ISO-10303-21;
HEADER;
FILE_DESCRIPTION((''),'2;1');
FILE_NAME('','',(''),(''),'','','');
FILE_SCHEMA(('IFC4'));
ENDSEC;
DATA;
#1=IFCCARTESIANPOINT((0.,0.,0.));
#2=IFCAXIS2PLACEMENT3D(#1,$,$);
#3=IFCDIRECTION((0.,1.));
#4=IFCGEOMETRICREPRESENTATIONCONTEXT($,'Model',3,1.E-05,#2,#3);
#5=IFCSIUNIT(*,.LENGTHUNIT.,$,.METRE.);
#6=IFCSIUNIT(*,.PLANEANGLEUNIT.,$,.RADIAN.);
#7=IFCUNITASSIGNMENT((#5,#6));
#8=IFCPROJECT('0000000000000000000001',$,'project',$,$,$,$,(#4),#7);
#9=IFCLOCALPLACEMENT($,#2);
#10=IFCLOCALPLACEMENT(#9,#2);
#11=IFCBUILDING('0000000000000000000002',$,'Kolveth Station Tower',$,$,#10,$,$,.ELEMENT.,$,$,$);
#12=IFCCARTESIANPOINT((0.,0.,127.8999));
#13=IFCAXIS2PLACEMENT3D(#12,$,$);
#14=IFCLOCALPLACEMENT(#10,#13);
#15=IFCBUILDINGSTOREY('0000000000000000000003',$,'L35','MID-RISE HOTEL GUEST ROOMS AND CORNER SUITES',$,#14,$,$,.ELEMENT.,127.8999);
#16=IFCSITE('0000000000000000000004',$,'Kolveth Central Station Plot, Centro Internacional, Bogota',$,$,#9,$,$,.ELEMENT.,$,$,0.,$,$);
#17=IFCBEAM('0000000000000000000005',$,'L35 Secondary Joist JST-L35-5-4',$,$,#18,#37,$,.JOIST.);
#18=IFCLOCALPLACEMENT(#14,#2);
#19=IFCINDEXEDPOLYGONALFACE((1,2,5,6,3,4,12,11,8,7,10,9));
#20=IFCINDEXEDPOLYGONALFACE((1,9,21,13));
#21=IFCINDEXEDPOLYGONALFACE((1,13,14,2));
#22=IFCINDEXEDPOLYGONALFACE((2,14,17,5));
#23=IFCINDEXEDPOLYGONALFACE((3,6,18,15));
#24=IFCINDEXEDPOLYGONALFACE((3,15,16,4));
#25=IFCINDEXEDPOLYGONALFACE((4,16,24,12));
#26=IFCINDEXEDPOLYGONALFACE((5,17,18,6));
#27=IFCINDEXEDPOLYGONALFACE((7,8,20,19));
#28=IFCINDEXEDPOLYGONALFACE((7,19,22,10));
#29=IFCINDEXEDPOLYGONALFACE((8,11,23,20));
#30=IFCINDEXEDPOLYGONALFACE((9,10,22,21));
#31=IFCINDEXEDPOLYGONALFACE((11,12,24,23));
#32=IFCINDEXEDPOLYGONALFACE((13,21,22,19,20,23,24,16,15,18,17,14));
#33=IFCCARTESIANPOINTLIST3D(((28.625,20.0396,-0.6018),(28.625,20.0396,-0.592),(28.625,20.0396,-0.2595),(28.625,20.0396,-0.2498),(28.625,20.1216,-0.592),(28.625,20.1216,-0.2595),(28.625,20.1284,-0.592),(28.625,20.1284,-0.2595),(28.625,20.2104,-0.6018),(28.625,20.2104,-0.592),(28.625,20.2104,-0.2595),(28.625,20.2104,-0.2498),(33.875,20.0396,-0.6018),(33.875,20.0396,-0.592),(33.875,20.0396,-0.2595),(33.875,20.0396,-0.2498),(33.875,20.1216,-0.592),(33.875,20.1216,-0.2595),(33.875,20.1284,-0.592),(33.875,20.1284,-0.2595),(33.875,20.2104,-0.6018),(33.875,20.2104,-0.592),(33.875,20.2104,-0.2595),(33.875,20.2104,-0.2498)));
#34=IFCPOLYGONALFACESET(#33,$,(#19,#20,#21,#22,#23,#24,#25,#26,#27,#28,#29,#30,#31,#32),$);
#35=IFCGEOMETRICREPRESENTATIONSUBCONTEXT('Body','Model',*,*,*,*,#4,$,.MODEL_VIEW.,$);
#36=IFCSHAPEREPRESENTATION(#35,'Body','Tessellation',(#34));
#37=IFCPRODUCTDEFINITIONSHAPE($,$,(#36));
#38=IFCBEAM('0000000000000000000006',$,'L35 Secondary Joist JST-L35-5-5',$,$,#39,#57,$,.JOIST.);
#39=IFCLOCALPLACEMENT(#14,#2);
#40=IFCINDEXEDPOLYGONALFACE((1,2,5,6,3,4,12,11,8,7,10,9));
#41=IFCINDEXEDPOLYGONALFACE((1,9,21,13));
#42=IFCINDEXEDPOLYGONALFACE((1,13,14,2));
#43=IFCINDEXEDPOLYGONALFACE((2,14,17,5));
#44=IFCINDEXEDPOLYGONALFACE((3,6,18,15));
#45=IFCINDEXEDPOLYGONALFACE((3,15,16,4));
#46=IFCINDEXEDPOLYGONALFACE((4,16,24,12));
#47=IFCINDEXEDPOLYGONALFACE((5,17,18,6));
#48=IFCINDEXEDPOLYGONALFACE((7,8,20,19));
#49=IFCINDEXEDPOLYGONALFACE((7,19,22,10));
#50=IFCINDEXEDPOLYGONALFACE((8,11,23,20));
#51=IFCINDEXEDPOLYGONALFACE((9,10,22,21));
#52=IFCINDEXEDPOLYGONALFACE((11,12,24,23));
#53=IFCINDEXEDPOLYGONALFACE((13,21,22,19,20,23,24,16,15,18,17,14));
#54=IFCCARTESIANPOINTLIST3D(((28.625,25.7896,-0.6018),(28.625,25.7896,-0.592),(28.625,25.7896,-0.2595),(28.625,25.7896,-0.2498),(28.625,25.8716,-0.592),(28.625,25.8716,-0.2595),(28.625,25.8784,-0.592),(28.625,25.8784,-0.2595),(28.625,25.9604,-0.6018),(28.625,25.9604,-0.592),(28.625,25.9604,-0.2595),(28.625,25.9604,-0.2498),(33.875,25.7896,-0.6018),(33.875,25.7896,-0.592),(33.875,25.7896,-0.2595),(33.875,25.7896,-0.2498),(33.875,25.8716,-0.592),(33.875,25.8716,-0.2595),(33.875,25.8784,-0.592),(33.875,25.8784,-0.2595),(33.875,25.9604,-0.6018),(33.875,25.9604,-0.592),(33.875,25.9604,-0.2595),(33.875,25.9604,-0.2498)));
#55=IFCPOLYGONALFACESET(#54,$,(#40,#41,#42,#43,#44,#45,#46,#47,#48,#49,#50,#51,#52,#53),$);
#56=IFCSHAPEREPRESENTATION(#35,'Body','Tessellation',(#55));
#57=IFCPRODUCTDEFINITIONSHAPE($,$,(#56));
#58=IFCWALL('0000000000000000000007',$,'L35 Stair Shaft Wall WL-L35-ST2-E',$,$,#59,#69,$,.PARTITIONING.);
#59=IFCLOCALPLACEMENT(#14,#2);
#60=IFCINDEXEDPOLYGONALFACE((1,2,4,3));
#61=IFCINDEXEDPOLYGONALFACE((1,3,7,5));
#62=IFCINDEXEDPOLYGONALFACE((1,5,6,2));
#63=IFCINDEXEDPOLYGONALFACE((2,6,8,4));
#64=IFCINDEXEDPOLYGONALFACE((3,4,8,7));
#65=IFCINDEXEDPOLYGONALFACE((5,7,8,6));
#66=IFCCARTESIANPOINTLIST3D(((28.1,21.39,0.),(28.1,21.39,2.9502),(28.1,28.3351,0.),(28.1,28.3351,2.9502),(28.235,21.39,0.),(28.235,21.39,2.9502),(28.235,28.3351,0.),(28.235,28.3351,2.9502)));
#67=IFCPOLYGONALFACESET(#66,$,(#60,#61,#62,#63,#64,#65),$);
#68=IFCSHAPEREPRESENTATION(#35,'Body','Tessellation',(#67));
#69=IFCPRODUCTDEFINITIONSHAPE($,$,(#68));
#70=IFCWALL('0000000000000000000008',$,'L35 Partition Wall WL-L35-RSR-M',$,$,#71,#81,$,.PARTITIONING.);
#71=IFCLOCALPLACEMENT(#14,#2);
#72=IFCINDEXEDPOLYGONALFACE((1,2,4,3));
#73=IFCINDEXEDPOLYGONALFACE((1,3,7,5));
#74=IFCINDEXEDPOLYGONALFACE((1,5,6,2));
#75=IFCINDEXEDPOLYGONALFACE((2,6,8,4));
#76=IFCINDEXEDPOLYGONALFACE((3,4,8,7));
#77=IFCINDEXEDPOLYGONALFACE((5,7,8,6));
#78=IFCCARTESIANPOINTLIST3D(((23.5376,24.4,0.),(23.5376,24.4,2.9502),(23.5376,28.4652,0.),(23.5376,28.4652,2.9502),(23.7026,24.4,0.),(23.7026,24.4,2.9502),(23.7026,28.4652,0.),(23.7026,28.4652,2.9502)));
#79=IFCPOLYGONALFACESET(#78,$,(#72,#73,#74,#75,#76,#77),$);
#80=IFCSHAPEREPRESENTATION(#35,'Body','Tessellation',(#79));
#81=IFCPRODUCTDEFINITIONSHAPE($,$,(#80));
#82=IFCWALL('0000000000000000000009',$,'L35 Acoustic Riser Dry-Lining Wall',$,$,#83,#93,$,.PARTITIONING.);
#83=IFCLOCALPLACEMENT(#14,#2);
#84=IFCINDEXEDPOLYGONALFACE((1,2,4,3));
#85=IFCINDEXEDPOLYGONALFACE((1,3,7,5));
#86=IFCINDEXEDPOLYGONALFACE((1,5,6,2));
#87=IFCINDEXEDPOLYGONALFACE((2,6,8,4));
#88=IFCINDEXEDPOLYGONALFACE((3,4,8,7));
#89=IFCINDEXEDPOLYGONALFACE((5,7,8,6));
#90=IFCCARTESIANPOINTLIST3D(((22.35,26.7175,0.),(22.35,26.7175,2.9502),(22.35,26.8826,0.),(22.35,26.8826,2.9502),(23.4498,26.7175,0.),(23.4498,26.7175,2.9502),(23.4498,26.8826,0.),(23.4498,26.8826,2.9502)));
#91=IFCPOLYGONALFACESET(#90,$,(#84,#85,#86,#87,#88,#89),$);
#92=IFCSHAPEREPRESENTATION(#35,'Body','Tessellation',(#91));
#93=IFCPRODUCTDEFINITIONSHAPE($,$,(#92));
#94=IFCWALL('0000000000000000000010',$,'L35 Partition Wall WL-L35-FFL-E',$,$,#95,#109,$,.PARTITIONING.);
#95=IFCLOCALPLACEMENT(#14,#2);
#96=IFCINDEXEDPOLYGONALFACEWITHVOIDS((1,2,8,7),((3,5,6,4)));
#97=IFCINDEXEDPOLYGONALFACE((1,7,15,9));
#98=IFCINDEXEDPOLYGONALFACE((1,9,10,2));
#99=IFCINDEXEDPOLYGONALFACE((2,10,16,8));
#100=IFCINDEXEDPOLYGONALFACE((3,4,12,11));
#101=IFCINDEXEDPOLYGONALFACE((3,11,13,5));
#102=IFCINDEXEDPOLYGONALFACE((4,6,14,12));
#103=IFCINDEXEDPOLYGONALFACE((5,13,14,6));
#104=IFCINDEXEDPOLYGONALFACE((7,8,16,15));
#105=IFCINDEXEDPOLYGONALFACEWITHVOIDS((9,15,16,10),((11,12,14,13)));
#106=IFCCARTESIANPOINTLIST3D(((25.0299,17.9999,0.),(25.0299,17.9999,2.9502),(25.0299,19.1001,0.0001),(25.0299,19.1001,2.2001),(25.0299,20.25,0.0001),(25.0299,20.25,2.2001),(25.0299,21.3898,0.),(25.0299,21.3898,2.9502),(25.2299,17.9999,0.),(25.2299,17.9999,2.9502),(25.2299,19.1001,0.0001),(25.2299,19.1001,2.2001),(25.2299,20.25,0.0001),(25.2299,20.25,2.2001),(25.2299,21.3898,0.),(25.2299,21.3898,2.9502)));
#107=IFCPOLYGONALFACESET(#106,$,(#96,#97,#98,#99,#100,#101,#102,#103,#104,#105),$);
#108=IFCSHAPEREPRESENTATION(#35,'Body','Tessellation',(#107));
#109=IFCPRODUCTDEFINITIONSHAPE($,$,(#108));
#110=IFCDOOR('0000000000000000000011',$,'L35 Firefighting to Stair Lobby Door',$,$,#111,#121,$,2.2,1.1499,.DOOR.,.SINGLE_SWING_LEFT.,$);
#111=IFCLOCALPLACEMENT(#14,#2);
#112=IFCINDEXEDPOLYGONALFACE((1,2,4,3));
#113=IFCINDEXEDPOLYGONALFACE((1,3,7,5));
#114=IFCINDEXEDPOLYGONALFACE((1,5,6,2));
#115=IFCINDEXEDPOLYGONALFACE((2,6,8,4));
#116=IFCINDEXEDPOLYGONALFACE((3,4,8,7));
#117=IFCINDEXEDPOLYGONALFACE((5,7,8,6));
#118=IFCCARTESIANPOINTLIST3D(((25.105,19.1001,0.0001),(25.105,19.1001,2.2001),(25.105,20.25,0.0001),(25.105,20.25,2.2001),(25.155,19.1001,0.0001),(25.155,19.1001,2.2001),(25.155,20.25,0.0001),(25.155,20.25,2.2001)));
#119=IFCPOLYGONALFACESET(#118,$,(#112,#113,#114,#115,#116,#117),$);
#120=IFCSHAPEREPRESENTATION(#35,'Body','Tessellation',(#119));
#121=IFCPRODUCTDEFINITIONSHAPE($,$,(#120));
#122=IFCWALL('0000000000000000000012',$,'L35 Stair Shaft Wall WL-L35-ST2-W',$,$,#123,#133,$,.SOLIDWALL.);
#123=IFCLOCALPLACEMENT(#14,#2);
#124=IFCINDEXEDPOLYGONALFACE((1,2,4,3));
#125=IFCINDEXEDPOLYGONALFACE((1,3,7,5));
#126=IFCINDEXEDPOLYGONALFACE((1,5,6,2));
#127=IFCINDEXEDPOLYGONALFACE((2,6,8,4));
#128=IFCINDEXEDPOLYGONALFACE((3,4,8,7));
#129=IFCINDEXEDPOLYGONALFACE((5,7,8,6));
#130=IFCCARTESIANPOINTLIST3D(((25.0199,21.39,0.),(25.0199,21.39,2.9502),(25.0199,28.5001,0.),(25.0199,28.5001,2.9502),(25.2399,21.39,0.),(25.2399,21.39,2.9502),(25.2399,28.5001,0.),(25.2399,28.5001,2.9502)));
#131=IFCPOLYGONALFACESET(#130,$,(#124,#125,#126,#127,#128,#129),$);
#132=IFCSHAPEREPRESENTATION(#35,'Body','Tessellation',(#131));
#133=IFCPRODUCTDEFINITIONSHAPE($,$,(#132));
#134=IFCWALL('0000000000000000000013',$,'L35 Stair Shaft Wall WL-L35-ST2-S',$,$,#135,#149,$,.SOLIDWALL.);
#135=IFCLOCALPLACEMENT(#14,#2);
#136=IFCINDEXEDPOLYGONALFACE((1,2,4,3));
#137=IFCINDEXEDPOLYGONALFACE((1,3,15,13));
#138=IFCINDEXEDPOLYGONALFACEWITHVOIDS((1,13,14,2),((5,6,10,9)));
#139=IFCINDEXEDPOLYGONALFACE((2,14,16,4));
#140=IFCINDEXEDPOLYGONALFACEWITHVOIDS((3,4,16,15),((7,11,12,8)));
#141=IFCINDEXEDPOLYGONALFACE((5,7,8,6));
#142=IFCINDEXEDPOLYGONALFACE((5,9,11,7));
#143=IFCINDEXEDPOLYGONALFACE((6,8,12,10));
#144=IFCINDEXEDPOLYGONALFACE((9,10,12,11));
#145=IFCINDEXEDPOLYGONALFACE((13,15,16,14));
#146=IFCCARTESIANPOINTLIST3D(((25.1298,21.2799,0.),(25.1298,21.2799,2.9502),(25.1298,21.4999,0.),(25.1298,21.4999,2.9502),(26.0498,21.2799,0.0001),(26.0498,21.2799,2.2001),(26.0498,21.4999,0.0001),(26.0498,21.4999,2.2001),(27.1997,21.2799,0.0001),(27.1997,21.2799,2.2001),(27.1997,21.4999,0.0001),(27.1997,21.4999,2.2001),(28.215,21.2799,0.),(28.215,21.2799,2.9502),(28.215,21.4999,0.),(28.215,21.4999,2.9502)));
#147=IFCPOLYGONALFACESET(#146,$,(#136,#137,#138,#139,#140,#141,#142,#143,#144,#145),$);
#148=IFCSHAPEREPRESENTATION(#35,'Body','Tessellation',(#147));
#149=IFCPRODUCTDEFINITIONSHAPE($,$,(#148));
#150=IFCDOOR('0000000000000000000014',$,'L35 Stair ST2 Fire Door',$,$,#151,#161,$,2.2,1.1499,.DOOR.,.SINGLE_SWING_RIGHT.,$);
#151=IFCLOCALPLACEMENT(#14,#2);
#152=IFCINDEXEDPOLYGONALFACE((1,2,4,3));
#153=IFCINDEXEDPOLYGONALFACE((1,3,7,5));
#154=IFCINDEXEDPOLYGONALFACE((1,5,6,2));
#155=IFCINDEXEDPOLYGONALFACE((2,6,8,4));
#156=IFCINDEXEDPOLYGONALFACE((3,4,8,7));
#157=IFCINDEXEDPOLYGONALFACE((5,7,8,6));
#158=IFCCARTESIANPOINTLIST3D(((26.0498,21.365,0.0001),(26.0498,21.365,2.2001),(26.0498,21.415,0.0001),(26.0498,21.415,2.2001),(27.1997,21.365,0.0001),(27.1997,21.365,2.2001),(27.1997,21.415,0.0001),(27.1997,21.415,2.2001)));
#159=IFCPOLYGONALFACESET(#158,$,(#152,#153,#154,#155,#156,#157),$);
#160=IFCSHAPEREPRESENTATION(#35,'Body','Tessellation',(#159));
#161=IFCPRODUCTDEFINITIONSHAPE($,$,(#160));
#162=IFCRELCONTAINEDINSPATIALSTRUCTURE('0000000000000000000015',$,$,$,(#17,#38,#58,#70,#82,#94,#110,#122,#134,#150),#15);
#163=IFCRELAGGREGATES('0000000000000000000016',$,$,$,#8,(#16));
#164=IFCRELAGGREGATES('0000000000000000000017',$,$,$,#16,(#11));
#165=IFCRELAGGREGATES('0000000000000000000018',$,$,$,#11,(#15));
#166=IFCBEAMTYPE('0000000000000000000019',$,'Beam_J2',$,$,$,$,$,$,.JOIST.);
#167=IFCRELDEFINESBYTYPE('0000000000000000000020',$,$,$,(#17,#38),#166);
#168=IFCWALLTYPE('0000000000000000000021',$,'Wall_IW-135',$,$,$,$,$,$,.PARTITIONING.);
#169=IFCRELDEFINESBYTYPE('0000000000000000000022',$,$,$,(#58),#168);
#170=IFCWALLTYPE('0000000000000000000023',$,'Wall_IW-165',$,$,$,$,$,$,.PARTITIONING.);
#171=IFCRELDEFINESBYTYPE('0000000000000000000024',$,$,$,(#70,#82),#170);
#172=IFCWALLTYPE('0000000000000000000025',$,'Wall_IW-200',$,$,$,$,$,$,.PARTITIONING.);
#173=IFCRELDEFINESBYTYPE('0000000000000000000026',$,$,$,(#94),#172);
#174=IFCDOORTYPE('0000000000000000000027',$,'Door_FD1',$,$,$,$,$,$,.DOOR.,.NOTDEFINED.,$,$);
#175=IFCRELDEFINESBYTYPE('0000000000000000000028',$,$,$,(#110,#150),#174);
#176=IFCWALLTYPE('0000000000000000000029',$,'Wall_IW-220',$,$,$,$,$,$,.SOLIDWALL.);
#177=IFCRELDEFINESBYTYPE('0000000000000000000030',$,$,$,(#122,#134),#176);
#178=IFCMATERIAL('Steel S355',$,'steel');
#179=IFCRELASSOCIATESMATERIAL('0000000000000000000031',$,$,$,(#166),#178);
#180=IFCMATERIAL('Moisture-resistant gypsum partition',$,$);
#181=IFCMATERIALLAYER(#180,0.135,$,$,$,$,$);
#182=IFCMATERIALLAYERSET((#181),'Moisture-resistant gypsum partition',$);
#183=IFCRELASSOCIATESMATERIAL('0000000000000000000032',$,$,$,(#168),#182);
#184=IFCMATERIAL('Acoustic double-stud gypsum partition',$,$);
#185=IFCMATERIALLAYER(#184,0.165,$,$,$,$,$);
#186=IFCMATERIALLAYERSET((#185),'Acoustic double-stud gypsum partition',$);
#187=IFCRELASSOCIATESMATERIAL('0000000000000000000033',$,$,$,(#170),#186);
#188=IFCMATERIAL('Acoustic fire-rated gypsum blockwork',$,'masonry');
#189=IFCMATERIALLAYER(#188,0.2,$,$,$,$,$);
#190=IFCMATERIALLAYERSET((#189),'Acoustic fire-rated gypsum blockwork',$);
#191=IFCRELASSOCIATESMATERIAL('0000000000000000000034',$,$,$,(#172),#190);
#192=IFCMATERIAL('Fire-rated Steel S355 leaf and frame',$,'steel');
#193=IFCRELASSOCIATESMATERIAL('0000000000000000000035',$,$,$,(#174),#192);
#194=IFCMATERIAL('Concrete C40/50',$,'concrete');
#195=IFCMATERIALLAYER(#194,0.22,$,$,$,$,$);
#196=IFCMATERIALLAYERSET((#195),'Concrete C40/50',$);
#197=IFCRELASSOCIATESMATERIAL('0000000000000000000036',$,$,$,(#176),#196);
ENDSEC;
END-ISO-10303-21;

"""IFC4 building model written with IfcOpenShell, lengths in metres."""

from ifc_helpers import new_model, si_unit, direction, frame, frame_2d, origin, origin_2d, place, context, subcontext, project, spatial, rectangle, i_section, extrude, source, transform, mapped, material, layer, layer_set, material_profile, profile_set, type_object, element, fill, save


model = new_model("IFC4")

# Units and contexts
model_context = context("Model", 3, precision=1e-05, world=origin(), true_north=direction((0.0, 1.0)))
body_context = subcontext(model_context, "Body", "Model", "MODEL_VIEW")
ifc_project = project(units=[si_unit("LENGTHUNIT", "METRE"), si_unit("PLANEANGLEUNIT", "RADIAN")], contexts=[model_context])

# Site, building, storey
site_placement = place(None, origin())
site = spatial("IfcSite", under=ifc_project, at=site_placement, Name="Kolveth Central Station Plot, Centro Internacional, Bogota", CompositionType="ELEMENT", RefElevation=0.0)
building_placement = place(site_placement, origin())
building = spatial("IfcBuilding", under=site, at=building_placement, Name="Kolveth Station Tower", CompositionType="ELEMENT")
storey_placement = place(building_placement, frame((0.0, 0.0, 127.8999)))
storey = spatial("IfcBuildingStorey", under=building, at=storey_placement, Name="L35", Description="MID-RISE HOTEL GUEST ROOMS AND CORNER SUITES", CompositionType="ELEMENT", Elevation=127.8999)

# Shared definitions
ifc_material_1 = material(Name="Steel S355", Category="steel")

# Beams
ifc_material_profile_1 = material_profile(ifc_material_1, i_section(OverallWidth=0.1709, OverallDepth=0.3521, WebThickness=0.0068, FlangeThickness=0.0098, at=origin_2d()), Name="W360x44")
ifc_profile_set_1 = profile_set([ifc_material_profile_1], Name="Steel S355")
beam_type_1 = type_object("IfcBeamType", Name="Beam_J2", PredefinedType="JOIST", material=ifc_profile_set_1)
shared_shape_1 = source(origin(), body_context, "Body", "SweptSolid", [
    extrude(i_section(OverallWidth=0.1709, OverallDepth=0.3521, WebThickness=0.0068, FlangeThickness=0.0098, at=origin_2d()), origin(), (0.0, 0.0, 1.0), 5.25),
])
for number, where, z_axis, x_axis, name in (
    (1, (28.625, 20.125, -0.4258), (1.0, 0.0, 0.0), (0.0, 1.0, 0.0), "L35 Secondary Joist JST-L35-5-4"),
    (2, (28.625, 25.875, -0.4258), (1.0, 0.0, 0.0), (0.0, 1.0, 0.0), "L35 Secondary Joist JST-L35-5-5"),
):
    element("IfcBeam", number, at=place(storey_placement, frame(where, z_axis=z_axis, x_axis=x_axis)), inside=storey, type_object=beam_type_1, Name=name, PredefinedType="JOIST", context=body_context, shape_type="MappedRepresentation", body=[
        mapped(shared_shape_1, transform((0.0, 0.0, 0.0), x_axis=(1.0, 0.0, 0.0), y_axis=(0.0, 1.0, 0.0), z_axis=(0.0, 0.0, 1.0), scale=1.0)),
    ])

# Walls
ifc_material_2 = material(Name="Moisture-resistant gypsum partition")
ifc_layer_1 = layer(ifc_material_2, 0.135)
ifc_layer_set_1 = layer_set([ifc_layer_1], Name="Moisture-resistant gypsum partition")
wall_type_1 = type_object("IfcWallType", Name="Wall_IW-135", PredefinedType="PARTITIONING", material=ifc_layer_set_1)
wall_1_placement = place(storey_placement, frame((28.1675, 21.3899, 0.0), z_axis=(0.0, 0.0, 1.0), x_axis=(0.0, 1.0, 0.0)))
element("IfcWall", 3, at=wall_1_placement, inside=storey, type_object=wall_type_1, Name="L35 Stair Shaft Wall WL-L35-ST2-E", PredefinedType="PARTITIONING", context=body_context, shape_type="SweptSolid", body=[
    extrude(rectangle(XDim=6.9451, YDim=0.135, at=frame_2d((3.4727, 0.0))), origin(), (0.0, 0.0, 1.0), 2.9502),
])
ifc_material_3 = material(Name="Acoustic double-stud gypsum partition")
ifc_layer_2 = layer(ifc_material_3, 0.165)
ifc_layer_set_2 = layer_set([ifc_layer_2], Name="Acoustic double-stud gypsum partition")
wall_type_2 = type_object("IfcWallType", Name="Wall_IW-165", PredefinedType="PARTITIONING", material=ifc_layer_set_2)
wall_2_placement = place(storey_placement, frame((23.6201, 24.3999, 0.0), z_axis=(0.0, 0.0, 1.0), x_axis=(0.0, 1.0, 0.0)))
element("IfcWall", 4, at=wall_2_placement, inside=storey, type_object=wall_type_2, Name="L35 Partition Wall WL-L35-RSR-M", PredefinedType="PARTITIONING", context=body_context, shape_type="SweptSolid", body=[
    extrude(rectangle(XDim=4.0652, YDim=0.165, at=frame_2d((2.0327, 0.0))), origin(), (0.0, 0.0, 1.0), 2.9502),
])
wall_3_placement = place(storey_placement, frame((22.3501, 26.8, 0.0), z_axis=(0.0, 0.0, 1.0), x_axis=(1.0, 0.0, 0.0)))
element("IfcWall", 5, at=wall_3_placement, inside=storey, type_object=wall_type_2, Name="L35 Acoustic Riser Dry-Lining Wall", PredefinedType="PARTITIONING", context=body_context, shape_type="SweptSolid", body=[
    extrude(rectangle(XDim=1.0999, YDim=0.165, at=frame_2d((0.5498, 0.0))), origin(), (0.0, 0.0, 1.0), 2.9502),
])

# Wall, opening, door
ifc_material_4 = material(Name="Acoustic fire-rated gypsum blockwork", Category="masonry")
ifc_layer_3 = layer(ifc_material_4, 0.2)
ifc_layer_set_3 = layer_set([ifc_layer_3], Name="Acoustic fire-rated gypsum blockwork")
wall_type_3 = type_object("IfcWallType", Name="Wall_IW-200", PredefinedType="PARTITIONING", material=ifc_layer_set_3)
wall_4_placement = place(storey_placement, frame((25.1299, 18.0, 0.0), z_axis=(0.0, 0.0, 1.0), x_axis=(0.0, 1.0, 0.0)))
wall_4 = element("IfcWall", 6, at=wall_4_placement, inside=storey, type_object=wall_type_3, Name="L35 Partition Wall WL-L35-FFL-E", PredefinedType="PARTITIONING", context=body_context, shape_type="SweptSolid", body=[
    extrude(rectangle(XDim=3.3899, YDim=0.2, at=frame_2d((1.6948, 0.0))), origin(), (0.0, 0.0, 1.0), 2.9502),
])
opening_1_placement = place(wall_4_placement, frame((1.1001, 0.0, 0.0)))
opening_1 = element("IfcOpeningElement", 7, at=opening_1_placement, cuts=wall_4, PredefinedType="OPENING", context=body_context, shape_type="SweptSolid", body=[
    extrude(rectangle(XDim=1.1499, YDim=2.2, at=frame_2d((0.575, 1.1001))), frame((0.0, 0.1099, 0.0), z_axis=(0.0, -1.0, 0.0), x_axis=(1.0, 0.0, 0.0)), (0.0, 0.0, 1.0), 0.22),
])
ifc_material_5 = material(Name="Fire-rated Steel S355 leaf and frame", Category="steel")
door_type = type_object("IfcDoorType", Name="Door_FD1", OperationType="NOTDEFINED", PredefinedType="DOOR", material=ifc_material_5)
door_1_placement = place(opening_1_placement, origin())
door_1 = element("IfcDoor", 8, at=door_1_placement, inside=storey, type_object=door_type, Name="L35 Firefighting to Stair Lobby Door", OperationType="SINGLE_SWING_LEFT", OverallHeight=2.2, OverallWidth=1.1499, PredefinedType="DOOR", context=body_context, shape_type="SweptSolid", body=[
    extrude(rectangle(XDim=1.1499, YDim=2.2, at=frame_2d((0.575, 1.1001))), frame((0.0, 0.0249, 0.0), z_axis=(0.0, -1.0, 0.0), x_axis=(1.0, 0.0, 0.0)), (0.0, 0.0, 1.0), 0.05),
])
fill(opening_1, door_1)

# Wall
ifc_material_6 = material(Name="Concrete C40/50", Category="concrete")
ifc_layer_4 = layer(ifc_material_6, 0.22)
ifc_layer_set_4 = layer_set([ifc_layer_4], Name="Concrete C40/50")
wall_type_4 = type_object("IfcWallType", Name="Wall_IW-220", PredefinedType="SOLIDWALL", material=ifc_layer_set_4)
wall_5_placement = place(storey_placement, frame((25.1299, 21.3899, 0.0), z_axis=(0.0, 0.0, 1.0), x_axis=(0.0, 1.0, 0.0)))
element("IfcWall", 9, at=wall_5_placement, inside=storey, type_object=wall_type_4, Name="L35 Stair Shaft Wall WL-L35-ST2-W", PredefinedType="SOLIDWALL", context=body_context, shape_type="SweptSolid", body=[
    extrude(rectangle(XDim=7.1101, YDim=0.22, at=frame_2d((3.5552, 0.0))), origin(), (0.0, 0.0, 1.0), 2.9502),
])

# Wall, opening, door
wall_6_placement = place(storey_placement, frame((25.1299, 21.3899, 0.0), z_axis=(0.0, 0.0, 1.0), x_axis=(1.0, 0.0, 0.0)))
wall_6 = element("IfcWall", 10, at=wall_6_placement, inside=storey, type_object=wall_type_4, Name="L35 Stair Shaft Wall WL-L35-ST2-S", PredefinedType="SOLIDWALL", context=body_context, shape_type="SweptSolid", body=[
    extrude(rectangle(XDim=3.0852, YDim=0.22, at=frame_2d((1.5425, 0.0))), origin(), (0.0, 0.0, 1.0), 2.9502),
])
opening_2_placement = place(wall_6_placement, frame((0.9199, 0.0, 0.0)))
opening_2 = element("IfcOpeningElement", 11, at=opening_2_placement, cuts=wall_6, PredefinedType="OPENING", context=body_context, shape_type="SweptSolid", body=[
    extrude(rectangle(XDim=1.1499, YDim=2.2, at=frame_2d((0.575, 1.1001))), frame((0.0, 0.1199, 0.0), z_axis=(0.0, -1.0, 0.0), x_axis=(1.0, 0.0, 0.0)), (0.0, 0.0, 1.0), 0.24),
])
door_2_placement = place(opening_2_placement, frame((1.1499, 0.0, 0.0), z_axis=(0.0, 0.0, 1.0), x_axis=(-1.0, 0.0, 0.0)))
door_2 = element("IfcDoor", 12, at=door_2_placement, inside=storey, type_object=door_type, Name="L35 Stair ST2 Fire Door", OperationType="SINGLE_SWING_RIGHT", OverallHeight=2.2, OverallWidth=1.1499, PredefinedType="DOOR", context=body_context, shape_type="SweptSolid", body=[
    extrude(rectangle(XDim=1.1499, YDim=2.2, at=frame_2d((0.575, 1.1001))), frame((0.0, 0.0249, 0.0), z_axis=(0.0, -1.0, 0.0), x_axis=(1.0, 0.0, 0.0)), (0.0, 0.0, 1.0), 0.05),
])
fill(opening_2, door_2)

save(model, "model.ifc")
